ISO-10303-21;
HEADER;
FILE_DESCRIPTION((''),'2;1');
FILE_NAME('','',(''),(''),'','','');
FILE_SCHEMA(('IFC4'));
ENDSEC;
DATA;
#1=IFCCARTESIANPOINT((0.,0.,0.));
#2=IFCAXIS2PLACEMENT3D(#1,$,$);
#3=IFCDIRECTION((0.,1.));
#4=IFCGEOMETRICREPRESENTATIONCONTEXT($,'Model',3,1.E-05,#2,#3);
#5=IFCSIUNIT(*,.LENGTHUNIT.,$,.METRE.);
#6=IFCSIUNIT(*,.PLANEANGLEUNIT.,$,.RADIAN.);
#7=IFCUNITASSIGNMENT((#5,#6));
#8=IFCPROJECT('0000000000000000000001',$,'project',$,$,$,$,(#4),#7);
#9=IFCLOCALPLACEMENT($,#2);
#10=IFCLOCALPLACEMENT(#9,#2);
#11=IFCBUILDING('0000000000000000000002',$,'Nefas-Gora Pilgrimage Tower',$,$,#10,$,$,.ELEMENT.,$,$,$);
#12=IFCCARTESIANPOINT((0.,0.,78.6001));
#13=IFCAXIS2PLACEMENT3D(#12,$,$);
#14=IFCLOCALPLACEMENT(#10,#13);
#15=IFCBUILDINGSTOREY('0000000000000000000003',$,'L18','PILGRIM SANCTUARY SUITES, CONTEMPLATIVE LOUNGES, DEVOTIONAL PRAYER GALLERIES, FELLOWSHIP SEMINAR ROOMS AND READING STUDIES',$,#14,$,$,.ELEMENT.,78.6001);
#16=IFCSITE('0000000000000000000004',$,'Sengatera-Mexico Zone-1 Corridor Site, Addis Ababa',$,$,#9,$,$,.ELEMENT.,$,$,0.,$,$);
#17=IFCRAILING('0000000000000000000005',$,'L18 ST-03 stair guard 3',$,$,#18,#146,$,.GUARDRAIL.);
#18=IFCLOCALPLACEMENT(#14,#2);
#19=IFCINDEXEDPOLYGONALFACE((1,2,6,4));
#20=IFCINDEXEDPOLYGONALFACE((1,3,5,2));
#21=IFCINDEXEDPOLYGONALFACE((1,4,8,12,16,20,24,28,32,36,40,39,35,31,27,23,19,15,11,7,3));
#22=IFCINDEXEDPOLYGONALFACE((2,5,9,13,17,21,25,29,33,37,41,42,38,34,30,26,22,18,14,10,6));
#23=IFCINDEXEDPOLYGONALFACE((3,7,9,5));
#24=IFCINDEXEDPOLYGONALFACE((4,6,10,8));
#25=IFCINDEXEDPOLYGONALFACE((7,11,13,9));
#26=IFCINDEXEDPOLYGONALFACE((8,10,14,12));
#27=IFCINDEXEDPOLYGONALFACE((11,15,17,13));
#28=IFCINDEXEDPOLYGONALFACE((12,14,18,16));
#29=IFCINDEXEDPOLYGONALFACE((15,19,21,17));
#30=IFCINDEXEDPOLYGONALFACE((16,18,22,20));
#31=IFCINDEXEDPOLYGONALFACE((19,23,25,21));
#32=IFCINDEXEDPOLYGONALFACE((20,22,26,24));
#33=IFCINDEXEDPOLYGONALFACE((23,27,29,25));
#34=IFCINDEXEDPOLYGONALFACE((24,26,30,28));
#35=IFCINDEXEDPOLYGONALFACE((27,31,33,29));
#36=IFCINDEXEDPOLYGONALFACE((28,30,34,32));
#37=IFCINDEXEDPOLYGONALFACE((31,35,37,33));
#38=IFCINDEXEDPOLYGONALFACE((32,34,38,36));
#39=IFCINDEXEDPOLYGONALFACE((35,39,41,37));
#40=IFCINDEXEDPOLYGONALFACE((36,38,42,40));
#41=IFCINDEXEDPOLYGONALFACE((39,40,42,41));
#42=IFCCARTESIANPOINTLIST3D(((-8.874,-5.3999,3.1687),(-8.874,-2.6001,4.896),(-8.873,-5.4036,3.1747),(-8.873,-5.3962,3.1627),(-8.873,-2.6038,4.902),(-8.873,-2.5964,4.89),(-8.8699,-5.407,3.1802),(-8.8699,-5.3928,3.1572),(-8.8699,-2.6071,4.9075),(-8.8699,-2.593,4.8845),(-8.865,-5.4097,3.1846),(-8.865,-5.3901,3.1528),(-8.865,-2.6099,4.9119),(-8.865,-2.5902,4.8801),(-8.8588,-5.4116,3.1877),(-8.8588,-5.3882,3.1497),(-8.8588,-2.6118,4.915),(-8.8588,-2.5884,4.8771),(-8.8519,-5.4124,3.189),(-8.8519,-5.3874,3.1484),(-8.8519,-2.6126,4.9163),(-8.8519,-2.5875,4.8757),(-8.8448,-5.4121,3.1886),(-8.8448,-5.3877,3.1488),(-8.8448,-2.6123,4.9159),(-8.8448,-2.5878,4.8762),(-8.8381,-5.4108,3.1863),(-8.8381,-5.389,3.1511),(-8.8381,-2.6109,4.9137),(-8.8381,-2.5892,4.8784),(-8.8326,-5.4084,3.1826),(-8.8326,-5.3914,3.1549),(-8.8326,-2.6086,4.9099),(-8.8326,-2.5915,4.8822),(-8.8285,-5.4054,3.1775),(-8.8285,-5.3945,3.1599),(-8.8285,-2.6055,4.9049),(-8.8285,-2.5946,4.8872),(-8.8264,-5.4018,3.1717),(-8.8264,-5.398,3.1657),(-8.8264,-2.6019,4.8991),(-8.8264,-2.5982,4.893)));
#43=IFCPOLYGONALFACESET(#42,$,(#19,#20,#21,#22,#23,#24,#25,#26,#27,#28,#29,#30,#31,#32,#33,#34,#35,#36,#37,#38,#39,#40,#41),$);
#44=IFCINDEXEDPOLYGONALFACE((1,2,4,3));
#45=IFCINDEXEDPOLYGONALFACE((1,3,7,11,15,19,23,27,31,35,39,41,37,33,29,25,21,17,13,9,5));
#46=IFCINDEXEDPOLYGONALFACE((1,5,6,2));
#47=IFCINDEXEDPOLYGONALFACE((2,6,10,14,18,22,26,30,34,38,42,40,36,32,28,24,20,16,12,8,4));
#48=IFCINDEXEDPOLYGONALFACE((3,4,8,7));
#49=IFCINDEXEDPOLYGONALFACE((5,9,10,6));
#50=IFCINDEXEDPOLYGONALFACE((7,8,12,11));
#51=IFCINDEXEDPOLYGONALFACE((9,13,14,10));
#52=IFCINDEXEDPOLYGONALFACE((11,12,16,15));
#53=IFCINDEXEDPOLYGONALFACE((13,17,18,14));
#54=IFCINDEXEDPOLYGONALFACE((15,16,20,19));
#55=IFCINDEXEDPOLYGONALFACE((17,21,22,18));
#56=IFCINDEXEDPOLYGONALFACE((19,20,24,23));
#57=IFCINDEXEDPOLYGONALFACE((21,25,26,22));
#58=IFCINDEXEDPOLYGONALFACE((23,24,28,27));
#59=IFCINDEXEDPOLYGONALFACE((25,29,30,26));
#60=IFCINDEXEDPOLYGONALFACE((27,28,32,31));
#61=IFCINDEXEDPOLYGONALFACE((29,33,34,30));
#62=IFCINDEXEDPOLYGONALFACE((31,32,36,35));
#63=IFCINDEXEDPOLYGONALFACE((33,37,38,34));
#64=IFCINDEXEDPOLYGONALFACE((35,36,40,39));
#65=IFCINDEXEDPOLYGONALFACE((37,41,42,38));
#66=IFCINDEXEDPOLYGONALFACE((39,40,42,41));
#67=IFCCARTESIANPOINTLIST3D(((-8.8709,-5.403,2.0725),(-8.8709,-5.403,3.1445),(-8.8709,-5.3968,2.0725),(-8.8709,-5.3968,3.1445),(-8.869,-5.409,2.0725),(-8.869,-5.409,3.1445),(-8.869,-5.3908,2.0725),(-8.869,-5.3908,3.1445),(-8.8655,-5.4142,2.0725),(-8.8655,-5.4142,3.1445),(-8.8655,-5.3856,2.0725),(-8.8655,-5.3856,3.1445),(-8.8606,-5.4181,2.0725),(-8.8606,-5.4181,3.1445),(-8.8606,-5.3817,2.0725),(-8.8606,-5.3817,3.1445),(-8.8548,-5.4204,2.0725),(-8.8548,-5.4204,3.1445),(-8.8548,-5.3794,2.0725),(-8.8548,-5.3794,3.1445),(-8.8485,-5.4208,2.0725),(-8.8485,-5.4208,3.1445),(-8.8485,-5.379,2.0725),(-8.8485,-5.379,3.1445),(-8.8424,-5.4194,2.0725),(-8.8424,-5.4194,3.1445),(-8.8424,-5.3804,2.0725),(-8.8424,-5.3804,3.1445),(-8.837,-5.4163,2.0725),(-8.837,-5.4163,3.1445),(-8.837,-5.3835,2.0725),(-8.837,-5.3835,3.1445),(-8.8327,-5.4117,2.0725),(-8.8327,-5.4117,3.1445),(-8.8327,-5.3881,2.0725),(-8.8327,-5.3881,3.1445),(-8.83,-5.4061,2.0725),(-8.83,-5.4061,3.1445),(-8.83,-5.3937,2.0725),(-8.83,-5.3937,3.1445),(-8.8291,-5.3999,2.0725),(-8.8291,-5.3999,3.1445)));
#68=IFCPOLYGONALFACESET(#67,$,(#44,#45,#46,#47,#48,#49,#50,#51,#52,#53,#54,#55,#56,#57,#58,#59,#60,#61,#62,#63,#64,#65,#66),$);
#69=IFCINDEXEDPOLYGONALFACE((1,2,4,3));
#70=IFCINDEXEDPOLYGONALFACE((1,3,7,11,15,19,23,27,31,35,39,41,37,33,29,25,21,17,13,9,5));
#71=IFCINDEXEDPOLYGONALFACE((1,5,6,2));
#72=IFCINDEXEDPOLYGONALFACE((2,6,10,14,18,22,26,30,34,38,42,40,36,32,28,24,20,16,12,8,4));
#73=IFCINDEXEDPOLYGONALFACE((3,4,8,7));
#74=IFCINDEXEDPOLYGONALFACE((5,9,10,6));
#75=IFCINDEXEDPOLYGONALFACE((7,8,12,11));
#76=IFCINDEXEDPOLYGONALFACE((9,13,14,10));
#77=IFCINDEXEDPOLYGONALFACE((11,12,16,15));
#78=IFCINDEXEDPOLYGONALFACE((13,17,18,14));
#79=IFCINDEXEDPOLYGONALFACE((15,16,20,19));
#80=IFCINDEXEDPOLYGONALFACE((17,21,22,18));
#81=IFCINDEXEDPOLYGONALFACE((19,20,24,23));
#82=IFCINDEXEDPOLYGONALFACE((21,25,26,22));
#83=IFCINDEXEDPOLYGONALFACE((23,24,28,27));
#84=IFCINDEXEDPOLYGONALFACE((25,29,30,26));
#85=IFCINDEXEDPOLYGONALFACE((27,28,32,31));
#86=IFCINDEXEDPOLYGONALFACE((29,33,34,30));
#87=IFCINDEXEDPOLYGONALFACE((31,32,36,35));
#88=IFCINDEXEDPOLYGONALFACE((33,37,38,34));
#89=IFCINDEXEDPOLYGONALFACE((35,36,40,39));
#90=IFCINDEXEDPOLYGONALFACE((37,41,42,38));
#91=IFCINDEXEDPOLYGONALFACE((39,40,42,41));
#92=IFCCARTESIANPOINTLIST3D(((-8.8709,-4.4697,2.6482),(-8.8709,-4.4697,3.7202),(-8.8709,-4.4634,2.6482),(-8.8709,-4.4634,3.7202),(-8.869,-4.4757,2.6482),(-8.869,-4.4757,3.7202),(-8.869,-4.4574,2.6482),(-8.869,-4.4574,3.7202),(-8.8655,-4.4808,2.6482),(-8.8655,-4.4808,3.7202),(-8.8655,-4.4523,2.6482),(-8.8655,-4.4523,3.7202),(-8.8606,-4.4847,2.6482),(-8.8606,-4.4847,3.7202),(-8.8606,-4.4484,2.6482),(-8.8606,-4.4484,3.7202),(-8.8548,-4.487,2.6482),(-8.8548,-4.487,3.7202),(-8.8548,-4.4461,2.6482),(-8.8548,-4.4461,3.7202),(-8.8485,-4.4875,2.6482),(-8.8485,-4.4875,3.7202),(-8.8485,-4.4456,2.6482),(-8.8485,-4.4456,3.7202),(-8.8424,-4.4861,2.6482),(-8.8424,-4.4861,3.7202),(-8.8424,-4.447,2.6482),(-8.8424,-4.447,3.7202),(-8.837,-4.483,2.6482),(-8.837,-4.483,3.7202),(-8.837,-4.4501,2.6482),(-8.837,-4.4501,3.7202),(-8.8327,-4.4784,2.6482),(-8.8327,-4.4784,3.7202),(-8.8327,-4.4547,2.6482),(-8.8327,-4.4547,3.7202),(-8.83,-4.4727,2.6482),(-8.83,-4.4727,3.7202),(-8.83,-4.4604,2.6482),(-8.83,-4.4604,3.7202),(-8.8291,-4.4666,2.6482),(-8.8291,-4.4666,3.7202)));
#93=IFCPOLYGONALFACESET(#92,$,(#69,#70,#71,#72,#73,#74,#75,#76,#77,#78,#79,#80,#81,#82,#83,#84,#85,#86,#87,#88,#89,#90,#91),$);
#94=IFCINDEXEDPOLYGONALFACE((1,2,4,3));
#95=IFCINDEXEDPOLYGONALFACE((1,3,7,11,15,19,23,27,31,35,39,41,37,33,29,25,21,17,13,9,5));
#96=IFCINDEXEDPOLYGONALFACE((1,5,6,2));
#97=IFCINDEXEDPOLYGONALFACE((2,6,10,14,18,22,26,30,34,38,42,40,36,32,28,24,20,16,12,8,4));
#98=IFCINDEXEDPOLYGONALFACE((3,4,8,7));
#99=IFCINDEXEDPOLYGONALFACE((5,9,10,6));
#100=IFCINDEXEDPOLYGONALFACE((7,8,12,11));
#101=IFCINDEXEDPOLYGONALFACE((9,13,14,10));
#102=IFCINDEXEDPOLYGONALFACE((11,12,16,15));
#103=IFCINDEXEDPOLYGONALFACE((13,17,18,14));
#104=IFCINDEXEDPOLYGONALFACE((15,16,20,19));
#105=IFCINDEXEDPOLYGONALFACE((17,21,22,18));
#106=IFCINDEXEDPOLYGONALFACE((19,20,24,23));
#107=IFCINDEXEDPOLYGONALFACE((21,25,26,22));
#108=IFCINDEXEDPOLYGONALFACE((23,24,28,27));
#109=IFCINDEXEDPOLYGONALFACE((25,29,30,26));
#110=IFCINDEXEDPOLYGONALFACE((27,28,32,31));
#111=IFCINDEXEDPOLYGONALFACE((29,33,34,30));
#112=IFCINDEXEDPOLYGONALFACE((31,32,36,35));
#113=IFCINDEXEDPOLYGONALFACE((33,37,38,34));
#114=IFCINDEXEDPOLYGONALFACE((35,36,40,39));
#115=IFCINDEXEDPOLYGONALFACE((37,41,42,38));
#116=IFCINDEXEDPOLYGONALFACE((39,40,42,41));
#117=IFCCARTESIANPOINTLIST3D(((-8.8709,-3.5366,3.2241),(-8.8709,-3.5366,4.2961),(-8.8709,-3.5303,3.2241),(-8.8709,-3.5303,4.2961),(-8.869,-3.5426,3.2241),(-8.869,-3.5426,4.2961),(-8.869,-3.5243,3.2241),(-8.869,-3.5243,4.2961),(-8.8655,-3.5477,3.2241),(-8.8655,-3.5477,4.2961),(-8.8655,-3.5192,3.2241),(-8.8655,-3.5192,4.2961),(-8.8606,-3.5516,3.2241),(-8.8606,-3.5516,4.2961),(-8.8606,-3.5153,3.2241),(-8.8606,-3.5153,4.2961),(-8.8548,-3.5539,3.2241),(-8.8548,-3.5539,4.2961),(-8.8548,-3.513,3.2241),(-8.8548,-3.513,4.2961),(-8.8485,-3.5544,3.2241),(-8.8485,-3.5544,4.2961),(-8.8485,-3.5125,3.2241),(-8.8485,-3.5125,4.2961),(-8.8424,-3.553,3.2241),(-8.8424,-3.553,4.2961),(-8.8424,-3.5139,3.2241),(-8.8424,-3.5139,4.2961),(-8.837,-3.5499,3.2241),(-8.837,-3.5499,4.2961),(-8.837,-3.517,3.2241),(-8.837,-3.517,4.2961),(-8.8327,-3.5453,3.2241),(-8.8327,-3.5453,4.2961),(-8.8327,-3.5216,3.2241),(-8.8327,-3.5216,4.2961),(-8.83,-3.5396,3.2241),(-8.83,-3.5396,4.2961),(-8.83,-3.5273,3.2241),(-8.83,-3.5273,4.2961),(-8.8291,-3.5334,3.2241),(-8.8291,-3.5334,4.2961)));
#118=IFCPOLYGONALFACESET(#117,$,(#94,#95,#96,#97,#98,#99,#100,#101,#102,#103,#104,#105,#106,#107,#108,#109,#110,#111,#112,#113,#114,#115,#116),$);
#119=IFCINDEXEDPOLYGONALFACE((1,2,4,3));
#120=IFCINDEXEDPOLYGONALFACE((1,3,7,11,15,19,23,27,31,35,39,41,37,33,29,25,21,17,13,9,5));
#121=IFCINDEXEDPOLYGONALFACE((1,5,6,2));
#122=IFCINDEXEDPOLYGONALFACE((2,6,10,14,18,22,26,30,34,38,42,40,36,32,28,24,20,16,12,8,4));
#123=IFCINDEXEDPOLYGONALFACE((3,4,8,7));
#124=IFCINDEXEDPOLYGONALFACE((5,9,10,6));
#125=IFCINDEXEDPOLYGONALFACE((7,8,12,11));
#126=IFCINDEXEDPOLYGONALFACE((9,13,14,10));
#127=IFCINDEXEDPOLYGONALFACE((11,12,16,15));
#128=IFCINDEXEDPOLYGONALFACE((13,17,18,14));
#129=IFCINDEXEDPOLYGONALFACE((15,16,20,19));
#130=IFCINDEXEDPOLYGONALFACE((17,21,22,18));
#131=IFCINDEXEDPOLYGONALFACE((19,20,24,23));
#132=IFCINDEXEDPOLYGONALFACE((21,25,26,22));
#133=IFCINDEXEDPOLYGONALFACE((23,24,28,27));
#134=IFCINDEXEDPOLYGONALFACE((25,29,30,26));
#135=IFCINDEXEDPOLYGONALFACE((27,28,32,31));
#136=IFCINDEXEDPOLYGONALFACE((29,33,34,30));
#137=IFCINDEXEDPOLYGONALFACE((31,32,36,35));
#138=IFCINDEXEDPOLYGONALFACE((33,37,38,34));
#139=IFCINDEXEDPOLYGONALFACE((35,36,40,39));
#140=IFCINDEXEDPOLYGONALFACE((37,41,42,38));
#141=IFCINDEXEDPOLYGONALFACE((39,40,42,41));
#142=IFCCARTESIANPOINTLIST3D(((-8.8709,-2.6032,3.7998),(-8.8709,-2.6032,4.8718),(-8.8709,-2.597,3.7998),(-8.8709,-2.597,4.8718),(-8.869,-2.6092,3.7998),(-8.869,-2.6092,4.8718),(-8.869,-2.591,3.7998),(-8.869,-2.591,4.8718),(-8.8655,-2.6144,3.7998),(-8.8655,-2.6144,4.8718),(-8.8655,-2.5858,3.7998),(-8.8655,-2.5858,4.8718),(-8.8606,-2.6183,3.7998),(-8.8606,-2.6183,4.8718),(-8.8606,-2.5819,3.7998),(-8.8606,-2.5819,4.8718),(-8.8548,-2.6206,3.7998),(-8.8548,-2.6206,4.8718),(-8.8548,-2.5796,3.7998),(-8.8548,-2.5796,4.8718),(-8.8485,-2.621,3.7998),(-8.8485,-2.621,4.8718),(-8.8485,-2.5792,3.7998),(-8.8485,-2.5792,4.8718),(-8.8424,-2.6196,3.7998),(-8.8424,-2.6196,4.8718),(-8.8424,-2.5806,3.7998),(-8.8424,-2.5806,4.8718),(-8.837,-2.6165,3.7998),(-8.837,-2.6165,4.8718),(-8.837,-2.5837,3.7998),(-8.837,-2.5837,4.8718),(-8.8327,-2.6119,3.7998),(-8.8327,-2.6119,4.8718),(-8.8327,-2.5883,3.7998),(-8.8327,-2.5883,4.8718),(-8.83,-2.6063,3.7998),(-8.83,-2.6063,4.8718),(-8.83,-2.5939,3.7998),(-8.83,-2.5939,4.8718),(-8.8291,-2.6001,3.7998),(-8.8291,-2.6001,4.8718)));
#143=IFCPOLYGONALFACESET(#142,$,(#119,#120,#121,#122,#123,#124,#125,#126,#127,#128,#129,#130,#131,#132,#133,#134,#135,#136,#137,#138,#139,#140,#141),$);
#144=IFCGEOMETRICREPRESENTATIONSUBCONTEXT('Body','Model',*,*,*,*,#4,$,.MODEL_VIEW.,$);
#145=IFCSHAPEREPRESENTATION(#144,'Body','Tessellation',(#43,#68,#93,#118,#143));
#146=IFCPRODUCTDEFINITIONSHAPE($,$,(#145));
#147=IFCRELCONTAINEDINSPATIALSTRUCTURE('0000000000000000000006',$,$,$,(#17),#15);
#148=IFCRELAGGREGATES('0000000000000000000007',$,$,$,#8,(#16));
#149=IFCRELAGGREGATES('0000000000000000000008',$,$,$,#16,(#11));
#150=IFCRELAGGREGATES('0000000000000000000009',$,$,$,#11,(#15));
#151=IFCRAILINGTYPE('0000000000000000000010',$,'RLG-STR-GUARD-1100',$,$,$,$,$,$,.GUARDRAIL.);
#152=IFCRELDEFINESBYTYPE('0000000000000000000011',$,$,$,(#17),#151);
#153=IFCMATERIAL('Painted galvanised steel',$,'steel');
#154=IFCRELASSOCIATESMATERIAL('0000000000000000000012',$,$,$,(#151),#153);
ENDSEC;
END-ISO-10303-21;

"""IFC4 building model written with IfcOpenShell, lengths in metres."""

from ifc_helpers import new_model, si_unit, direction, frame, origin, origin_2d, place, context, subcontext, project, spatial, circle, extrude, material, type_object, element, save


model = new_model("IFC4")

# Units and contexts
model_context = context("Model", 3, precision=1e-05, world=origin(), true_north=direction((0.0, 1.0)))
body_context = subcontext(model_context, "Body", "Model", "MODEL_VIEW")
ifc_project = project(units=[si_unit("LENGTHUNIT", "METRE"), si_unit("PLANEANGLEUNIT", "RADIAN")], contexts=[model_context])

# Site, building, storey
site_placement = place(None, origin())
site = spatial("IfcSite", under=ifc_project, at=site_placement, Name="Sengatera-Mexico Zone-1 Corridor Site, Addis Ababa", CompositionType="ELEMENT", RefElevation=0.0)
building_placement = place(site_placement, origin())
building = spatial("IfcBuilding", under=site, at=building_placement, Name="Nefas-Gora Pilgrimage Tower", CompositionType="ELEMENT")
storey_placement = place(building_placement, frame((0.0, 0.0, 78.6001)))
storey = spatial("IfcBuildingStorey", under=building, at=storey_placement, Name="L18", Description="PILGRIM SANCTUARY SUITES, CONTEMPLATIVE LOUNGES, DEVOTIONAL PRAYER GALLERIES, FELLOWSHIP SEMINAR ROOMS AND READING STUDIES", CompositionType="ELEMENT", Elevation=78.6001)

# Railing
ifc_material_1 = material(Name="Painted galvanised steel", Category="steel")
railing_type_1 = type_object("IfcRailingType", Name="RLG-STR-GUARD-1100", PredefinedType="GUARDRAIL", material=ifc_material_1)
railing_1_placement = place(storey_placement, frame((-8.8501, -5.3999, 2.0725)))
element("IfcRailing", 1, at=railing_1_placement, inside=storey, type_object=railing_type_1, Name="L18 ST-03 stair guard 3", PredefinedType="GUARDRAIL", context=body_context, shape_type="SweptSolid", body=[
    extrude(circle(Radius=0.0239, at=origin_2d()), frame((0.0, 0.0, 1.0962), z_axis=(0.0, 0.851069, 0.525054), x_axis=(-1.0, 0.0, 0.0)), (0.0, 0.0, 1.0), 3.2898),
    extrude(circle(Radius=0.021, at=origin_2d()), origin(), (0.0, 0.0, 1.0), 1.072),
    extrude(circle(Radius=0.021, at=origin_2d()), frame((0.0, 0.9333, 0.5757)), (0.0, 0.0, 1.0), 1.072),
    extrude(circle(Radius=0.021, at=origin_2d()), frame((0.0, 1.8665, 1.1516)), (0.0, 0.0, 1.0), 1.072),
    extrude(circle(Radius=0.021, at=origin_2d()), frame((0.0, 2.7998, 1.7273)), (0.0, 0.0, 1.0), 1.072),
])

save(model, "model.ifc")
